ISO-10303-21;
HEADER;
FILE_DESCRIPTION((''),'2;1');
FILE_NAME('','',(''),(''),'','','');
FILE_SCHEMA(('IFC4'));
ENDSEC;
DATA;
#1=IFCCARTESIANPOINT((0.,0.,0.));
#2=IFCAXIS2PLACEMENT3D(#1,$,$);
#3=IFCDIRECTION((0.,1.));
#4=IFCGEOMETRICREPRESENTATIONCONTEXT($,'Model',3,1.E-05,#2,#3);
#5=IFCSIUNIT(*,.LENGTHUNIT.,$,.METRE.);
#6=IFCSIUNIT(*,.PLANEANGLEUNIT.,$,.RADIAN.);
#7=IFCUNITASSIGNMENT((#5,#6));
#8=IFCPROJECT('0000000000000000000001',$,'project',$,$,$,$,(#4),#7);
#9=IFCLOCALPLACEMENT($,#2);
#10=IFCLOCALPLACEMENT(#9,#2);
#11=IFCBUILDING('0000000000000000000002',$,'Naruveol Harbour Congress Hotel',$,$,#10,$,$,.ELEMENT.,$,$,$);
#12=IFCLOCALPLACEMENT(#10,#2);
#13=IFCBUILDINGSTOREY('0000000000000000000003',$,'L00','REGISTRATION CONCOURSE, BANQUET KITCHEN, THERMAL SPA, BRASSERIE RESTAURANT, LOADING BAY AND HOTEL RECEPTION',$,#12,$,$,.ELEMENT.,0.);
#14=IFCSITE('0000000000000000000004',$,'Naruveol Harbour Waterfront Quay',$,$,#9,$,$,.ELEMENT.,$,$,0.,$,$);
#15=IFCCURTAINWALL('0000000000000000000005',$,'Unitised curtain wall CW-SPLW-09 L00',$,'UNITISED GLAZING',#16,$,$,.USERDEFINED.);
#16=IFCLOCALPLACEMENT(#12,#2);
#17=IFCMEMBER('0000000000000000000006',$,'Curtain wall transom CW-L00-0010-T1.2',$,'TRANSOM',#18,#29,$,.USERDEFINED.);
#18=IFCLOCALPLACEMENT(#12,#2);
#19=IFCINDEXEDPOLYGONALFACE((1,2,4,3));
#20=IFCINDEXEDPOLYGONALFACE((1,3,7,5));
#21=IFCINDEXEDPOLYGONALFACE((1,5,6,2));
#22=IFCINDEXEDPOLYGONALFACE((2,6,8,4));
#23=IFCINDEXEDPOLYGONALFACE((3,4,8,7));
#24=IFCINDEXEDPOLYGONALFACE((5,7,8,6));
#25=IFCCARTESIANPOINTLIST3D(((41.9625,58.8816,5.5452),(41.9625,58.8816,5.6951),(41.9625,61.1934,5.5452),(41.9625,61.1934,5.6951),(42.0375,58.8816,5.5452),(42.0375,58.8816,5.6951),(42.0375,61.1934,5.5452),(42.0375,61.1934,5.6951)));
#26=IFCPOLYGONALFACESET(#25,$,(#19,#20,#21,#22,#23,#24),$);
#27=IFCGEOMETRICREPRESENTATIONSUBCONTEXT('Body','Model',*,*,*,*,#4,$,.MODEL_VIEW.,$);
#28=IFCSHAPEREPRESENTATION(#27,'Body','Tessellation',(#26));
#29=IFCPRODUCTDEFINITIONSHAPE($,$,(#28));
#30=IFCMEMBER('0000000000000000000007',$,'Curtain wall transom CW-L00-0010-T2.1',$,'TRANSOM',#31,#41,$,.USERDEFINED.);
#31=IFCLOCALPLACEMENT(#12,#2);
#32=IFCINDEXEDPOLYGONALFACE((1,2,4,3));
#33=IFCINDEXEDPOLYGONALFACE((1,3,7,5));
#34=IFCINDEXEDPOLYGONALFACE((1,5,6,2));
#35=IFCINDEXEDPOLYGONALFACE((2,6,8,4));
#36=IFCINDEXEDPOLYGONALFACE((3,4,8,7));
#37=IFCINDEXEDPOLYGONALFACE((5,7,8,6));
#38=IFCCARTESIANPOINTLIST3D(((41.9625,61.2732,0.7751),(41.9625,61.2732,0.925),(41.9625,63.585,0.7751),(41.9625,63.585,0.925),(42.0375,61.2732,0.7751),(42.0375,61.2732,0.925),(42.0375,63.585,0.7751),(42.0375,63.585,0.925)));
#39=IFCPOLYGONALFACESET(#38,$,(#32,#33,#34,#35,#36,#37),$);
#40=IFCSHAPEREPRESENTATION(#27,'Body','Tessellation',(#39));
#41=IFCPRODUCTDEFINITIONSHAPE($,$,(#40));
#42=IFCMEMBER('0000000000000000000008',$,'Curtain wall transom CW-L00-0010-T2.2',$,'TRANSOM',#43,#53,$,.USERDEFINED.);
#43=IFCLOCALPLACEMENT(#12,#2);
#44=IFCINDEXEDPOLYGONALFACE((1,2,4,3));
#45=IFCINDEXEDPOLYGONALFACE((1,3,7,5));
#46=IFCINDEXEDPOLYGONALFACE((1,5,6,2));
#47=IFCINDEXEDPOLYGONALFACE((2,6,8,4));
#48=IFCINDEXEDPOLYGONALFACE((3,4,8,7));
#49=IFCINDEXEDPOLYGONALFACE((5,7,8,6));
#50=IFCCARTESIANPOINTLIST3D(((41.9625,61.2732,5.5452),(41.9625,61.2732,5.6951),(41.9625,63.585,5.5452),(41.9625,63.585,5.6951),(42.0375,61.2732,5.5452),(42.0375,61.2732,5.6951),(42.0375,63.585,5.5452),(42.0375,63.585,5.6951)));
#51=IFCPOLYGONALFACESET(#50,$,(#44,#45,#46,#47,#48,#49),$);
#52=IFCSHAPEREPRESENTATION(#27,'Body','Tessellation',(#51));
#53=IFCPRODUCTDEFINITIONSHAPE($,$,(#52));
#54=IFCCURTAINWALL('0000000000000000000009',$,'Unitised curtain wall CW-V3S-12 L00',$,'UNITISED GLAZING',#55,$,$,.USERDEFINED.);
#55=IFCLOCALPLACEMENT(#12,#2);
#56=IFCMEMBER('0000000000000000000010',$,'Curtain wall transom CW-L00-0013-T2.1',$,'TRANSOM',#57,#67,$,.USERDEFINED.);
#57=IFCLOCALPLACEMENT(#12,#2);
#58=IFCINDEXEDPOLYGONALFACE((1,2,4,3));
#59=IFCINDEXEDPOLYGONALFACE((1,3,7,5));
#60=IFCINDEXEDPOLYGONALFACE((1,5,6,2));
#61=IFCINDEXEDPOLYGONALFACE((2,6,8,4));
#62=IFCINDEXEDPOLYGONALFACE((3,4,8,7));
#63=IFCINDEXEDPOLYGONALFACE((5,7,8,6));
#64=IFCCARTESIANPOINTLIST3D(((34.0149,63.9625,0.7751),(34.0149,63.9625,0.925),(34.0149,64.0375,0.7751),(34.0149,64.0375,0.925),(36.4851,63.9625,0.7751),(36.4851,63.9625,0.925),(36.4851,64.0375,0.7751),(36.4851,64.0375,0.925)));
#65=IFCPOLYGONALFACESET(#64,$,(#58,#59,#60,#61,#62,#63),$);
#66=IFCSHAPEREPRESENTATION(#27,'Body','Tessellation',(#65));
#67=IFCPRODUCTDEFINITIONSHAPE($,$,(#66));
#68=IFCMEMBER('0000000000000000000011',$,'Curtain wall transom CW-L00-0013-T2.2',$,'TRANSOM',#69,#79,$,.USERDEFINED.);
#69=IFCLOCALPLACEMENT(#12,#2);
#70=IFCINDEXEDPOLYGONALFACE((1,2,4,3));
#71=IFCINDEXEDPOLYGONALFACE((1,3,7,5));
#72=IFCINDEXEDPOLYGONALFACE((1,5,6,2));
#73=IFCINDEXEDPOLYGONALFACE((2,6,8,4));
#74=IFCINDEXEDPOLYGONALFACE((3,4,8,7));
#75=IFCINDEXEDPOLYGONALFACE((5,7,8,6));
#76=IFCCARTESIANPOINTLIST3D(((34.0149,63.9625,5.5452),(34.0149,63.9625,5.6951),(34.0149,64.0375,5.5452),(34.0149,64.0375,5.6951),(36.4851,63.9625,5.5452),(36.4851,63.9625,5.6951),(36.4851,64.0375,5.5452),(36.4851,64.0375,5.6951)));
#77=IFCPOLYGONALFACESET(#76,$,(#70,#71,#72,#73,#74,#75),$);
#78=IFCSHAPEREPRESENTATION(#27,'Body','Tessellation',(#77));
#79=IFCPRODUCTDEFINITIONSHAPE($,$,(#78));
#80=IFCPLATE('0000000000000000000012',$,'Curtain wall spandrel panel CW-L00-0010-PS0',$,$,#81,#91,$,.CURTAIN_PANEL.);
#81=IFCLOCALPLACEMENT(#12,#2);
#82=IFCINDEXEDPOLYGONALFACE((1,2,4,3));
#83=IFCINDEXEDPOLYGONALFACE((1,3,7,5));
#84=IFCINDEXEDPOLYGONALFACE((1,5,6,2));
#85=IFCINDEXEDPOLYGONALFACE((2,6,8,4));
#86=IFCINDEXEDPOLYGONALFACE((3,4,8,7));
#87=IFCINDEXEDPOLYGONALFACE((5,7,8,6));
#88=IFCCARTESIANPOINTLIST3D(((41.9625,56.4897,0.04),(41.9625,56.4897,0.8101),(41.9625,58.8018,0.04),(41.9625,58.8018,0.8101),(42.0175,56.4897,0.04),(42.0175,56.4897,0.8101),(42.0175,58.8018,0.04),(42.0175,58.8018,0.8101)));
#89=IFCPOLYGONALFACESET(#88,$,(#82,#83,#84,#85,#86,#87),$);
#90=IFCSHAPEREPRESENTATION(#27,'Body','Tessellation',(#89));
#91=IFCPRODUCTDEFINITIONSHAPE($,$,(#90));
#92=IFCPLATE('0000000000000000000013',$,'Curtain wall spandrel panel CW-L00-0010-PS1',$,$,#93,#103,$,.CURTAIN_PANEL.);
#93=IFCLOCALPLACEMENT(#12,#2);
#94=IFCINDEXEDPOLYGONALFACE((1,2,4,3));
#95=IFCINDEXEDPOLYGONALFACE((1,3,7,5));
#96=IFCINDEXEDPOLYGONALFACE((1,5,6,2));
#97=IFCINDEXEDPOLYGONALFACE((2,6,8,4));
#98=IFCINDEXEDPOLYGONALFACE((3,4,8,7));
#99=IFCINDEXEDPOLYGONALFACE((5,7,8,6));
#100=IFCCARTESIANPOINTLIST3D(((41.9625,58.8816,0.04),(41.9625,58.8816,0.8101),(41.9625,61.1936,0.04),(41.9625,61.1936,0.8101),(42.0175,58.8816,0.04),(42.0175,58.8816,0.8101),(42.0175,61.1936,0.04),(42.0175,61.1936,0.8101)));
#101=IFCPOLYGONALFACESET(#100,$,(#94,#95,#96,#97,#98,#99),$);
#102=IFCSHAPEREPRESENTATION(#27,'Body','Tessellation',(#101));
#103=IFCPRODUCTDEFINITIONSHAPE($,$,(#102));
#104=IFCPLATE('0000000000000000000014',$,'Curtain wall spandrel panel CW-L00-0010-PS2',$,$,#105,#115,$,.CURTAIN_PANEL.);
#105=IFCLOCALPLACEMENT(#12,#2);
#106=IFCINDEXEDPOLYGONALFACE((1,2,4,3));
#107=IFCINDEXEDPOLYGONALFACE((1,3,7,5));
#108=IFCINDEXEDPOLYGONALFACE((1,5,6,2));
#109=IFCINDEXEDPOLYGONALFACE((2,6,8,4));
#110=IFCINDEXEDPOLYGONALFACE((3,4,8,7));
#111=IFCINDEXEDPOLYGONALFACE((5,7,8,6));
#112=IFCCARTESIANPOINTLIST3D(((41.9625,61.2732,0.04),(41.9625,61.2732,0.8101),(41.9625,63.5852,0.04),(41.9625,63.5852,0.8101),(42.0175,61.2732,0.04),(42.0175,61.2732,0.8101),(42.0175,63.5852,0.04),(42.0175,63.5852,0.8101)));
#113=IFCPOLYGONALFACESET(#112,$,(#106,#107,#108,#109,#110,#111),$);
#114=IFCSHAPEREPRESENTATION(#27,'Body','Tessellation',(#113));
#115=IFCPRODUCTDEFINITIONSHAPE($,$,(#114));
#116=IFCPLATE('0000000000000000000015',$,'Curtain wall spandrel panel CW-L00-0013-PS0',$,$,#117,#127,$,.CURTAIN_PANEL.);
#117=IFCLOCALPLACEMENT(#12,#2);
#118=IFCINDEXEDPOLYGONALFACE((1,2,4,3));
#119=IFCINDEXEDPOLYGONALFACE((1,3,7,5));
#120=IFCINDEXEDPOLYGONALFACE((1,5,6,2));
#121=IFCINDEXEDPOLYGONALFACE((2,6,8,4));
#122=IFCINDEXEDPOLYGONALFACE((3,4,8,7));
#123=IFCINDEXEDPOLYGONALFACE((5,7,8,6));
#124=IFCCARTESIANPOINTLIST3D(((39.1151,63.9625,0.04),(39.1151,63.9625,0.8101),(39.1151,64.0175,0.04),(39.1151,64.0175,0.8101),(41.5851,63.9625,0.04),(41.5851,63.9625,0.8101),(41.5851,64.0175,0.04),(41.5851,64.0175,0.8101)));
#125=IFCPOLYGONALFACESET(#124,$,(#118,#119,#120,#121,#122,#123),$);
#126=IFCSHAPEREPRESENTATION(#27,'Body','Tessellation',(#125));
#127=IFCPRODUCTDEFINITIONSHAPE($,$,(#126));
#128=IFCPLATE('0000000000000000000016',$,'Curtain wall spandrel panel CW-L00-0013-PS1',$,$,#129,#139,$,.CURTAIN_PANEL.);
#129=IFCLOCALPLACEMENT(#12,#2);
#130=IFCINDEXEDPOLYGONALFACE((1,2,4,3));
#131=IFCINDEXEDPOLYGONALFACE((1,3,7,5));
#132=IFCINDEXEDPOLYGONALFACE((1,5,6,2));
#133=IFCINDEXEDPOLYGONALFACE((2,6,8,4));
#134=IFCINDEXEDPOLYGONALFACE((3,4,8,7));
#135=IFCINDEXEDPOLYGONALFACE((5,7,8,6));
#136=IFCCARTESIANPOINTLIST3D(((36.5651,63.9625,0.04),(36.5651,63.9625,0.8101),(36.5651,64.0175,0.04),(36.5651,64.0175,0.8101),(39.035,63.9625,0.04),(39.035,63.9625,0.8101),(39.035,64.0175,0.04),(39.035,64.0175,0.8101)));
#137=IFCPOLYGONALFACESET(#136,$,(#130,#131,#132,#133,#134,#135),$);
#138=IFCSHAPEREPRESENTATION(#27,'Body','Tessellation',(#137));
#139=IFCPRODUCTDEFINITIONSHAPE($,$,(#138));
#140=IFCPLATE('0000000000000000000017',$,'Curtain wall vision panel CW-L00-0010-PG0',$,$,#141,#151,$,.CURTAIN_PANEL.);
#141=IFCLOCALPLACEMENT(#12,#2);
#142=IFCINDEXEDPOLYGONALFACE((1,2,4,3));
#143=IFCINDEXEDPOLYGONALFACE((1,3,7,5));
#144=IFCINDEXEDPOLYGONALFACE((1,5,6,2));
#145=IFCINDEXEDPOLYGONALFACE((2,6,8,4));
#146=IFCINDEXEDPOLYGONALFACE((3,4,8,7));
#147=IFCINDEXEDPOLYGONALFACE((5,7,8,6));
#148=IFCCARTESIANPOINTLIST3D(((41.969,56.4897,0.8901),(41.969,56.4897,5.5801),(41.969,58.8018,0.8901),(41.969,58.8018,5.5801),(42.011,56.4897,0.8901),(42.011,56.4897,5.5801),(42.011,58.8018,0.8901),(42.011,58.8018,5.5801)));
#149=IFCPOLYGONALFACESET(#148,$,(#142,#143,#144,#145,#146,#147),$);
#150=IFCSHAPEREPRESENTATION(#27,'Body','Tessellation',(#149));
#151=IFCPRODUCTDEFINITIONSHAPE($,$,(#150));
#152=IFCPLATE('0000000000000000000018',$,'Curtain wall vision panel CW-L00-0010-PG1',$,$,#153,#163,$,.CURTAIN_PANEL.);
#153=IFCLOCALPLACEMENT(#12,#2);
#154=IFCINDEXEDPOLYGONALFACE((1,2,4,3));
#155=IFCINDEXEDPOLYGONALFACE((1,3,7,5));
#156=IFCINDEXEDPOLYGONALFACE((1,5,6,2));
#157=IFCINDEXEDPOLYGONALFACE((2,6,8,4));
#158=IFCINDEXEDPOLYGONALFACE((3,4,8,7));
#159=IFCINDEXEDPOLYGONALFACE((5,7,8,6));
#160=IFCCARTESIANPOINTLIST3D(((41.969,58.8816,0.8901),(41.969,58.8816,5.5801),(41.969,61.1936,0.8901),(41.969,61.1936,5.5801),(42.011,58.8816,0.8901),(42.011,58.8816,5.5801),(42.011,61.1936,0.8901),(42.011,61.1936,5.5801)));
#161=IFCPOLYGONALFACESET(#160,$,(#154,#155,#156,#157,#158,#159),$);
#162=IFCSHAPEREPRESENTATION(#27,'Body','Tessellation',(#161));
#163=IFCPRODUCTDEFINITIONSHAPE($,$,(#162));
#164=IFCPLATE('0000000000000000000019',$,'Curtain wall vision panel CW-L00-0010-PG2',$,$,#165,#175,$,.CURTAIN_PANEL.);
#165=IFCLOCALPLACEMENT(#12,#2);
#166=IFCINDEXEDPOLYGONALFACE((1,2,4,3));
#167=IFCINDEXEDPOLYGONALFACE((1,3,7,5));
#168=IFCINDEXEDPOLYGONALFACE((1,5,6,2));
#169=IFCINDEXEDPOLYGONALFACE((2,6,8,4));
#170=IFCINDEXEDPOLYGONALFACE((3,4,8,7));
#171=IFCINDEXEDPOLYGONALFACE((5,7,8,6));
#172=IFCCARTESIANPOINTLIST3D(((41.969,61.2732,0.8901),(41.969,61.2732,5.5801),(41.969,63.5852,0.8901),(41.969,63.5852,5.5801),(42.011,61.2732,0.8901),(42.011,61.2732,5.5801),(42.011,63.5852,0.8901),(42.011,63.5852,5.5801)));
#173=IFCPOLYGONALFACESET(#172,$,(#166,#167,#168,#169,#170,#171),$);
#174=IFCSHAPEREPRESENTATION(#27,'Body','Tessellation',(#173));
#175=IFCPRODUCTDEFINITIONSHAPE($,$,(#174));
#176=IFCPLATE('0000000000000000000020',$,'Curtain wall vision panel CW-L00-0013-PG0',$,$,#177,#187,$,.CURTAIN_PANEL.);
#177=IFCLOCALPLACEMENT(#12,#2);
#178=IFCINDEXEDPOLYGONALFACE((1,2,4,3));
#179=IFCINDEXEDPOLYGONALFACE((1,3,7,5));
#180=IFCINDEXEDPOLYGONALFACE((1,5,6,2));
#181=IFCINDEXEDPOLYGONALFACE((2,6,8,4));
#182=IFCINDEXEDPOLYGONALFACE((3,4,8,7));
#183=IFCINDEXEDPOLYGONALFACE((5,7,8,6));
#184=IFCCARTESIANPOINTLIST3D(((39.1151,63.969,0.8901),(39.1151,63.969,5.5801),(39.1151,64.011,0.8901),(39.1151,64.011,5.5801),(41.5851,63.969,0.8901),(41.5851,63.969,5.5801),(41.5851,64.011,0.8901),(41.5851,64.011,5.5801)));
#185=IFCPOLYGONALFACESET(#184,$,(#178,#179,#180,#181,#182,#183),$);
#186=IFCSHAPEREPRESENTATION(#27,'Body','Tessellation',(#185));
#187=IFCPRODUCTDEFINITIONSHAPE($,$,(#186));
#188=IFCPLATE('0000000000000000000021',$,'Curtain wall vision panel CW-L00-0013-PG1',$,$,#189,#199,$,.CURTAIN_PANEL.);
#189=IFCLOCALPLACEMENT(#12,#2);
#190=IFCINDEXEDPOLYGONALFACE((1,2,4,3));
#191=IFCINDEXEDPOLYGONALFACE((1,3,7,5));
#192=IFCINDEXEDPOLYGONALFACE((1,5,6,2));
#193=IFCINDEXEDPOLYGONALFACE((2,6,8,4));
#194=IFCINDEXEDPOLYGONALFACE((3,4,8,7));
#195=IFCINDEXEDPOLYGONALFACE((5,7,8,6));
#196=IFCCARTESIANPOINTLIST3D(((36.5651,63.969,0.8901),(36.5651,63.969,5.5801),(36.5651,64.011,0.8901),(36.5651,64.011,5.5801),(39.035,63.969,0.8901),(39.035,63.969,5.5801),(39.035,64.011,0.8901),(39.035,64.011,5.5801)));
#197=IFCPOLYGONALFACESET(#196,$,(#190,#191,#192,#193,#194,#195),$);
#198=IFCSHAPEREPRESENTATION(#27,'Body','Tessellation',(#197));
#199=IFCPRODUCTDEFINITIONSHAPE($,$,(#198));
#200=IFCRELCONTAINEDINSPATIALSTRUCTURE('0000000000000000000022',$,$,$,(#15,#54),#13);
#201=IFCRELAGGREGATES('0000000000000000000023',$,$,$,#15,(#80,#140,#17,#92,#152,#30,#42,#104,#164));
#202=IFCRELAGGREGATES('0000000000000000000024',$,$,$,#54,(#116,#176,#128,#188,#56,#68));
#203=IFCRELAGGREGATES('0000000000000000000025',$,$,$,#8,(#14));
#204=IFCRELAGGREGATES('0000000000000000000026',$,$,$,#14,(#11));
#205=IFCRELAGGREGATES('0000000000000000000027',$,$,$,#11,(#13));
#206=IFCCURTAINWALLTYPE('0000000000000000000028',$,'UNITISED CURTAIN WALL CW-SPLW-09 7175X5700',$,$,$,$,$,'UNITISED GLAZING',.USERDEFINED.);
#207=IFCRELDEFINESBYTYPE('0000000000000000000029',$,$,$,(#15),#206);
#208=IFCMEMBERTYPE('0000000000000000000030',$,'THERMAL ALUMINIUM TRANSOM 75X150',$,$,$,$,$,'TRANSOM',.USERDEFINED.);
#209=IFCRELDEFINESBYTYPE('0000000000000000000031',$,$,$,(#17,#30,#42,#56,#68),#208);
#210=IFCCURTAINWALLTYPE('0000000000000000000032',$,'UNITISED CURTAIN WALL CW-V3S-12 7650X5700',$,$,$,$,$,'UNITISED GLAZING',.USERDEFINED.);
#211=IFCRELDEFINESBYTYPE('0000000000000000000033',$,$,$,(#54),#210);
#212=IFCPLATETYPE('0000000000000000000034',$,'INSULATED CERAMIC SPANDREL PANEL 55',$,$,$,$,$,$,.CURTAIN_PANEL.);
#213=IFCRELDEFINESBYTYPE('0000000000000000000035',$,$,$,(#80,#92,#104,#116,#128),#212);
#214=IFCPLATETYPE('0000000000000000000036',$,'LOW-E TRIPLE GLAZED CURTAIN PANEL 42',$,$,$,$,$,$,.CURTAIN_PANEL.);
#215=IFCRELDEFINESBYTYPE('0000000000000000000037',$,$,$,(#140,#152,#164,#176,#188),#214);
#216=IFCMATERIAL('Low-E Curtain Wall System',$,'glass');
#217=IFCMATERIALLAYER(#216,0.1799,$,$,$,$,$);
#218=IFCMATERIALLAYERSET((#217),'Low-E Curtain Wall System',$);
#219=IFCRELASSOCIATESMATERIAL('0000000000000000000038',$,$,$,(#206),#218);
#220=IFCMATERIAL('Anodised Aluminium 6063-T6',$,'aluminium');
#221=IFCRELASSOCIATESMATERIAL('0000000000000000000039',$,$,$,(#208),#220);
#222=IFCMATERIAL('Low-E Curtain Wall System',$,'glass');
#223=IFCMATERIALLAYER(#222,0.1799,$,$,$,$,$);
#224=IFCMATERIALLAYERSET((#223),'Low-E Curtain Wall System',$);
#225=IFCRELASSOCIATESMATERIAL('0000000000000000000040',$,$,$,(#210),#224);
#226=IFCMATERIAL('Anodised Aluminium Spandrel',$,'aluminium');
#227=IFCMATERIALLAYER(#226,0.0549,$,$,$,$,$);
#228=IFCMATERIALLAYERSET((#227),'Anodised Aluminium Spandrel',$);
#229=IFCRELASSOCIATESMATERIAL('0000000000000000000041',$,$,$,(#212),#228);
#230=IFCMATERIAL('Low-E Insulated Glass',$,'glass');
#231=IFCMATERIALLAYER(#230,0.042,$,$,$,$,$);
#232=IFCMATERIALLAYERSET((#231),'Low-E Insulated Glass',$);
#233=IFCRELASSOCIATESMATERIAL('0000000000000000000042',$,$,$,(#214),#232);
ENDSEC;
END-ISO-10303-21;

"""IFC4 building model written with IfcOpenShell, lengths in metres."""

from ifc_helpers import new_model, si_unit, direction, frame, origin, origin_2d, place, context, subcontext, project, spatial, rectangle, extrude, material, layer, layer_set, material_profile, profile_set, type_object, element, aggregate, save


model = new_model("IFC4")

# Units and contexts
model_context = context("Model", 3, precision=1e-05, world=origin(), true_north=direction((0.0, 1.0)))
body_context = subcontext(model_context, "Body", "Model", "MODEL_VIEW")
ifc_project = project(units=[si_unit("LENGTHUNIT", "METRE"), si_unit("PLANEANGLEUNIT", "RADIAN")], contexts=[model_context])

# Site, building, storey
site_placement = place(None, origin())
site = spatial("IfcSite", under=ifc_project, at=site_placement, Name="Naruveol Harbour Waterfront Quay", CompositionType="ELEMENT", RefElevation=0.0)
building_placement = place(site_placement, origin())
building = spatial("IfcBuilding", under=site, at=building_placement, Name="Naruveol Harbour Congress Hotel", CompositionType="ELEMENT")
storey_placement = place(building_placement, origin())
storey = spatial("IfcBuildingStorey", under=building, at=storey_placement, Name="L00", Description="REGISTRATION CONCOURSE, BANQUET KITCHEN, THERMAL SPA, BRASSERIE RESTAURANT, LOADING BAY AND HOTEL RECEPTION", CompositionType="ELEMENT", Elevation=0.0)

# Curtain walls, members
ifc_material_1 = material(Name="Low-E Curtain Wall System", Category="glass")
ifc_layer_1 = layer(ifc_material_1, 0.1799)
ifc_layer_set_1 = layer_set([ifc_layer_1], Name="Low-E Curtain Wall System")
curtain_wall_type_1 = type_object("IfcCurtainWallType", Name="UNITISED CURTAIN WALL CW-SPLW-09 7175X5700", ElementType="UNITISED GLAZING", PredefinedType="USERDEFINED", material=ifc_layer_set_1)
curtain_wall_1_placement = place(storey_placement, origin())
curtain_wall_1 = element("IfcCurtainWall", 1, at=curtain_wall_1_placement, inside=storey, type_object=curtain_wall_type_1, Name="Unitised curtain wall CW-SPLW-09 L00", ObjectType="UNITISED GLAZING", PredefinedType="USERDEFINED")
ifc_material_2 = material(Name="Anodised Aluminium 6063-T6", Category="aluminium")
ifc_material_profile_1 = material_profile(ifc_material_2, rectangle(XDim=0.075, YDim=0.1499, at=origin_2d()), Name="ALU-75x150")
ifc_profile_set_1 = profile_set([ifc_material_profile_1], Name="Anodised Aluminium 6063-T6")
member_type_1 = type_object("IfcMemberType", Name="THERMAL ALUMINIUM TRANSOM 75X150", ElementType="TRANSOM", PredefinedType="USERDEFINED", material=ifc_profile_set_1)
member_1_placement = place(storey_placement, frame((42.0, 58.8816, 5.6201), z_axis=(0.0, 1.0, 0.0), x_axis=(-1.0, 0.0, 0.0)))
member_1 = element("IfcMember", 2, at=member_1_placement, type_object=member_type_1, Name="Curtain wall transom CW-L00-0010-T1.2", ObjectType="TRANSOM", PredefinedType="USERDEFINED", context=body_context, shape_type="SweptSolid", body=[
    extrude(rectangle(XDim=0.075, YDim=0.1499, at=origin_2d()), origin(), (0.0, 0.0, 1.0), 2.3118),
])
member_2_placement = place(storey_placement, frame((42.0, 61.2732, 0.8501), z_axis=(0.0, 1.0, 0.0), x_axis=(-1.0, 0.0, 0.0)))
member_2 = element("IfcMember", 3, at=member_2_placement, type_object=member_type_1, Name="Curtain wall transom CW-L00-0010-T2.1", ObjectType="TRANSOM", PredefinedType="USERDEFINED", context=body_context, shape_type="SweptSolid", body=[
    extrude(rectangle(XDim=0.075, YDim=0.1499, at=origin_2d()), origin(), (0.0, 0.0, 1.0), 2.3118),
])
member_3_placement = place(storey_placement, frame((42.0, 61.2732, 5.6201), z_axis=(0.0, 1.0, 0.0), x_axis=(-1.0, 0.0, 0.0)))
member_3 = element("IfcMember", 4, at=member_3_placement, type_object=member_type_1, Name="Curtain wall transom CW-L00-0010-T2.2", ObjectType="TRANSOM", PredefinedType="USERDEFINED", context=body_context, shape_type="SweptSolid", body=[
    extrude(rectangle(XDim=0.075, YDim=0.1499, at=origin_2d()), origin(), (0.0, 0.0, 1.0), 2.3118),
])
ifc_material_3 = material(Name="Low-E Curtain Wall System", Category="glass")
ifc_layer_2 = layer(ifc_material_3, 0.1799)
ifc_layer_set_2 = layer_set([ifc_layer_2], Name="Low-E Curtain Wall System")
curtain_wall_type_2 = type_object("IfcCurtainWallType", Name="UNITISED CURTAIN WALL CW-V3S-12 7650X5700", ElementType="UNITISED GLAZING", PredefinedType="USERDEFINED", material=ifc_layer_set_2)
curtain_wall_2_placement = place(storey_placement, origin())
curtain_wall_2 = element("IfcCurtainWall", 5, at=curtain_wall_2_placement, inside=storey, type_object=curtain_wall_type_2, Name="Unitised curtain wall CW-V3S-12 L00", ObjectType="UNITISED GLAZING", PredefinedType="USERDEFINED")
member_4_placement = place(storey_placement, frame((36.4851, 64.0, 0.8501), z_axis=(-1.0, 0.0, 0.0), x_axis=(0.0, -1.0, 0.0)))
member_4 = element("IfcMember", 6, at=member_4_placement, type_object=member_type_1, Name="Curtain wall transom CW-L00-0013-T2.1", ObjectType="TRANSOM", PredefinedType="USERDEFINED", context=body_context, shape_type="SweptSolid", body=[
    extrude(rectangle(XDim=0.075, YDim=0.1499, at=origin_2d()), origin(), (0.0, 0.0, 1.0), 2.4702),
])
member_5_placement = place(storey_placement, frame((36.4851, 64.0, 5.6201), z_axis=(-1.0, 0.0, 0.0), x_axis=(0.0, -1.0, 0.0)))
member_5 = element("IfcMember", 7, at=member_5_placement, type_object=member_type_1, Name="Curtain wall transom CW-L00-0013-T2.2", ObjectType="TRANSOM", PredefinedType="USERDEFINED", context=body_context, shape_type="SweptSolid", body=[
    extrude(rectangle(XDim=0.075, YDim=0.1499, at=origin_2d()), origin(), (0.0, 0.0, 1.0), 2.4702),
])

# Plates
ifc_material_4 = material(Name="Anodised Aluminium Spandrel", Category="aluminium")
ifc_layer_3 = layer(ifc_material_4, 0.0549)
ifc_layer_set_3 = layer_set([ifc_layer_3], Name="Anodised Aluminium Spandrel")
plate_type_1 = type_object("IfcPlateType", Name="INSULATED CERAMIC SPANDREL PANEL 55", PredefinedType="CURTAIN_PANEL", material=ifc_layer_set_3)
plate_1_placement = place(storey_placement, frame((41.99, 57.6458, 0.04), z_axis=(0.0, 0.0, 1.0), x_axis=(0.0, 1.0, 0.0)))
plate_1 = element("IfcPlate", 8, at=plate_1_placement, type_object=plate_type_1, Name="Curtain wall spandrel panel CW-L00-0010-PS0", PredefinedType="CURTAIN_PANEL", context=body_context, shape_type="SweptSolid", body=[
    extrude(rectangle(XDim=2.312, YDim=0.0549, at=origin_2d()), origin(), (0.0, 0.0, 1.0), 0.77),
])
plate_2_placement = place(storey_placement, frame((41.99, 60.0376, 0.04), z_axis=(0.0, 0.0, 1.0), x_axis=(0.0, 1.0, 0.0)))
plate_2 = element("IfcPlate", 9, at=plate_2_placement, type_object=plate_type_1, Name="Curtain wall spandrel panel CW-L00-0010-PS1", PredefinedType="CURTAIN_PANEL", context=body_context, shape_type="SweptSolid", body=[
    extrude(rectangle(XDim=2.312, YDim=0.0549, at=origin_2d()), origin(), (0.0, 0.0, 1.0), 0.77),
])
plate_3_placement = place(storey_placement, frame((41.99, 62.4292, 0.04), z_axis=(0.0, 0.0, 1.0), x_axis=(0.0, 1.0, 0.0)))
plate_3 = element("IfcPlate", 10, at=plate_3_placement, type_object=plate_type_1, Name="Curtain wall spandrel panel CW-L00-0010-PS2", PredefinedType="CURTAIN_PANEL", context=body_context, shape_type="SweptSolid", body=[
    extrude(rectangle(XDim=2.312, YDim=0.0549, at=origin_2d()), origin(), (0.0, 0.0, 1.0), 0.77),
])
plate_4_placement = place(storey_placement, frame((40.3501, 63.99, 0.04), z_axis=(0.0, 0.0, 1.0), x_axis=(-1.0, 0.0, 0.0)))
plate_4 = element("IfcPlate", 11, at=plate_4_placement, type_object=plate_type_1, Name="Curtain wall spandrel panel CW-L00-0013-PS0", PredefinedType="CURTAIN_PANEL", context=body_context, shape_type="SweptSolid", body=[
    extrude(rectangle(XDim=2.47, YDim=0.0549, at=origin_2d()), origin(), (0.0, 0.0, 1.0), 0.77),
])
plate_5_placement = place(storey_placement, frame((37.8, 63.99, 0.04), z_axis=(0.0, 0.0, 1.0), x_axis=(-1.0, 0.0, 0.0)))
plate_5 = element("IfcPlate", 12, at=plate_5_placement, type_object=plate_type_1, Name="Curtain wall spandrel panel CW-L00-0013-PS1", PredefinedType="CURTAIN_PANEL", context=body_context, shape_type="SweptSolid", body=[
    extrude(rectangle(XDim=2.47, YDim=0.0549, at=origin_2d()), origin(), (0.0, 0.0, 1.0), 0.77),
])
ifc_material_5 = material(Name="Low-E Insulated Glass", Category="glass")
ifc_layer_4 = layer(ifc_material_5, 0.042)
ifc_layer_set_4 = layer_set([ifc_layer_4], Name="Low-E Insulated Glass")
plate_type_2 = type_object("IfcPlateType", Name="LOW-E TRIPLE GLAZED CURTAIN PANEL 42", PredefinedType="CURTAIN_PANEL", material=ifc_layer_set_4)
plate_6_placement = place(storey_placement, frame((41.99, 57.6458, 0.8901), z_axis=(0.0, 0.0, 1.0), x_axis=(0.0, 1.0, 0.0)))
plate_6 = element("IfcPlate", 13, at=plate_6_placement, type_object=plate_type_2, Name="Curtain wall vision panel CW-L00-0010-PG0", PredefinedType="CURTAIN_PANEL", context=body_context, shape_type="SweptSolid", body=[
    extrude(rectangle(XDim=2.312, YDim=0.042, at=origin_2d()), origin(), (0.0, 0.0, 1.0), 4.6899),
])
plate_7_placement = place(storey_placement, frame((41.99, 60.0376, 0.8901), z_axis=(0.0, 0.0, 1.0), x_axis=(0.0, 1.0, 0.0)))
plate_7 = element("IfcPlate", 14, at=plate_7_placement, type_object=plate_type_2, Name="Curtain wall vision panel CW-L00-0010-PG1", PredefinedType="CURTAIN_PANEL", context=body_context, shape_type="SweptSolid", body=[
    extrude(rectangle(XDim=2.312, YDim=0.042, at=origin_2d()), origin(), (0.0, 0.0, 1.0), 4.6899),
])
plate_8_placement = place(storey_placement, frame((41.99, 62.4292, 0.8901), z_axis=(0.0, 0.0, 1.0), x_axis=(0.0, 1.0, 0.0)))
plate_8 = element("IfcPlate", 15, at=plate_8_placement, type_object=plate_type_2, Name="Curtain wall vision panel CW-L00-0010-PG2", PredefinedType="CURTAIN_PANEL", context=body_context, shape_type="SweptSolid", body=[
    extrude(rectangle(XDim=2.312, YDim=0.042, at=origin_2d()), origin(), (0.0, 0.0, 1.0), 4.6899),
])
aggregate(curtain_wall_1, [plate_1, plate_6, member_1, plate_2, plate_7, member_2, member_3, plate_3, plate_8])
plate_9_placement = place(storey_placement, frame((40.3501, 63.99, 0.8901), z_axis=(0.0, 0.0, 1.0), x_axis=(-1.0, 0.0, 0.0)))
plate_9 = element("IfcPlate", 16, at=plate_9_placement, type_object=plate_type_2, Name="Curtain wall vision panel CW-L00-0013-PG0", PredefinedType="CURTAIN_PANEL", context=body_context, shape_type="SweptSolid", body=[
    extrude(rectangle(XDim=2.47, YDim=0.042, at=origin_2d()), origin(), (0.0, 0.0, 1.0), 4.6899),
])
plate_10_placement = place(storey_placement, frame((37.8, 63.99, 0.8901), z_axis=(0.0, 0.0, 1.0), x_axis=(-1.0, 0.0, 0.0)))
plate_10 = element("IfcPlate", 17, at=plate_10_placement, type_object=plate_type_2, Name="Curtain wall vision panel CW-L00-0013-PG1", PredefinedType="CURTAIN_PANEL", context=body_context, shape_type="SweptSolid", body=[
    extrude(rectangle(XDim=2.47, YDim=0.042, at=origin_2d()), origin(), (0.0, 0.0, 1.0), 4.6899),
])
aggregate(curtain_wall_2, [plate_4, plate_9, plate_5, plate_10, member_4, member_5])

save(model, "model.ifc")
